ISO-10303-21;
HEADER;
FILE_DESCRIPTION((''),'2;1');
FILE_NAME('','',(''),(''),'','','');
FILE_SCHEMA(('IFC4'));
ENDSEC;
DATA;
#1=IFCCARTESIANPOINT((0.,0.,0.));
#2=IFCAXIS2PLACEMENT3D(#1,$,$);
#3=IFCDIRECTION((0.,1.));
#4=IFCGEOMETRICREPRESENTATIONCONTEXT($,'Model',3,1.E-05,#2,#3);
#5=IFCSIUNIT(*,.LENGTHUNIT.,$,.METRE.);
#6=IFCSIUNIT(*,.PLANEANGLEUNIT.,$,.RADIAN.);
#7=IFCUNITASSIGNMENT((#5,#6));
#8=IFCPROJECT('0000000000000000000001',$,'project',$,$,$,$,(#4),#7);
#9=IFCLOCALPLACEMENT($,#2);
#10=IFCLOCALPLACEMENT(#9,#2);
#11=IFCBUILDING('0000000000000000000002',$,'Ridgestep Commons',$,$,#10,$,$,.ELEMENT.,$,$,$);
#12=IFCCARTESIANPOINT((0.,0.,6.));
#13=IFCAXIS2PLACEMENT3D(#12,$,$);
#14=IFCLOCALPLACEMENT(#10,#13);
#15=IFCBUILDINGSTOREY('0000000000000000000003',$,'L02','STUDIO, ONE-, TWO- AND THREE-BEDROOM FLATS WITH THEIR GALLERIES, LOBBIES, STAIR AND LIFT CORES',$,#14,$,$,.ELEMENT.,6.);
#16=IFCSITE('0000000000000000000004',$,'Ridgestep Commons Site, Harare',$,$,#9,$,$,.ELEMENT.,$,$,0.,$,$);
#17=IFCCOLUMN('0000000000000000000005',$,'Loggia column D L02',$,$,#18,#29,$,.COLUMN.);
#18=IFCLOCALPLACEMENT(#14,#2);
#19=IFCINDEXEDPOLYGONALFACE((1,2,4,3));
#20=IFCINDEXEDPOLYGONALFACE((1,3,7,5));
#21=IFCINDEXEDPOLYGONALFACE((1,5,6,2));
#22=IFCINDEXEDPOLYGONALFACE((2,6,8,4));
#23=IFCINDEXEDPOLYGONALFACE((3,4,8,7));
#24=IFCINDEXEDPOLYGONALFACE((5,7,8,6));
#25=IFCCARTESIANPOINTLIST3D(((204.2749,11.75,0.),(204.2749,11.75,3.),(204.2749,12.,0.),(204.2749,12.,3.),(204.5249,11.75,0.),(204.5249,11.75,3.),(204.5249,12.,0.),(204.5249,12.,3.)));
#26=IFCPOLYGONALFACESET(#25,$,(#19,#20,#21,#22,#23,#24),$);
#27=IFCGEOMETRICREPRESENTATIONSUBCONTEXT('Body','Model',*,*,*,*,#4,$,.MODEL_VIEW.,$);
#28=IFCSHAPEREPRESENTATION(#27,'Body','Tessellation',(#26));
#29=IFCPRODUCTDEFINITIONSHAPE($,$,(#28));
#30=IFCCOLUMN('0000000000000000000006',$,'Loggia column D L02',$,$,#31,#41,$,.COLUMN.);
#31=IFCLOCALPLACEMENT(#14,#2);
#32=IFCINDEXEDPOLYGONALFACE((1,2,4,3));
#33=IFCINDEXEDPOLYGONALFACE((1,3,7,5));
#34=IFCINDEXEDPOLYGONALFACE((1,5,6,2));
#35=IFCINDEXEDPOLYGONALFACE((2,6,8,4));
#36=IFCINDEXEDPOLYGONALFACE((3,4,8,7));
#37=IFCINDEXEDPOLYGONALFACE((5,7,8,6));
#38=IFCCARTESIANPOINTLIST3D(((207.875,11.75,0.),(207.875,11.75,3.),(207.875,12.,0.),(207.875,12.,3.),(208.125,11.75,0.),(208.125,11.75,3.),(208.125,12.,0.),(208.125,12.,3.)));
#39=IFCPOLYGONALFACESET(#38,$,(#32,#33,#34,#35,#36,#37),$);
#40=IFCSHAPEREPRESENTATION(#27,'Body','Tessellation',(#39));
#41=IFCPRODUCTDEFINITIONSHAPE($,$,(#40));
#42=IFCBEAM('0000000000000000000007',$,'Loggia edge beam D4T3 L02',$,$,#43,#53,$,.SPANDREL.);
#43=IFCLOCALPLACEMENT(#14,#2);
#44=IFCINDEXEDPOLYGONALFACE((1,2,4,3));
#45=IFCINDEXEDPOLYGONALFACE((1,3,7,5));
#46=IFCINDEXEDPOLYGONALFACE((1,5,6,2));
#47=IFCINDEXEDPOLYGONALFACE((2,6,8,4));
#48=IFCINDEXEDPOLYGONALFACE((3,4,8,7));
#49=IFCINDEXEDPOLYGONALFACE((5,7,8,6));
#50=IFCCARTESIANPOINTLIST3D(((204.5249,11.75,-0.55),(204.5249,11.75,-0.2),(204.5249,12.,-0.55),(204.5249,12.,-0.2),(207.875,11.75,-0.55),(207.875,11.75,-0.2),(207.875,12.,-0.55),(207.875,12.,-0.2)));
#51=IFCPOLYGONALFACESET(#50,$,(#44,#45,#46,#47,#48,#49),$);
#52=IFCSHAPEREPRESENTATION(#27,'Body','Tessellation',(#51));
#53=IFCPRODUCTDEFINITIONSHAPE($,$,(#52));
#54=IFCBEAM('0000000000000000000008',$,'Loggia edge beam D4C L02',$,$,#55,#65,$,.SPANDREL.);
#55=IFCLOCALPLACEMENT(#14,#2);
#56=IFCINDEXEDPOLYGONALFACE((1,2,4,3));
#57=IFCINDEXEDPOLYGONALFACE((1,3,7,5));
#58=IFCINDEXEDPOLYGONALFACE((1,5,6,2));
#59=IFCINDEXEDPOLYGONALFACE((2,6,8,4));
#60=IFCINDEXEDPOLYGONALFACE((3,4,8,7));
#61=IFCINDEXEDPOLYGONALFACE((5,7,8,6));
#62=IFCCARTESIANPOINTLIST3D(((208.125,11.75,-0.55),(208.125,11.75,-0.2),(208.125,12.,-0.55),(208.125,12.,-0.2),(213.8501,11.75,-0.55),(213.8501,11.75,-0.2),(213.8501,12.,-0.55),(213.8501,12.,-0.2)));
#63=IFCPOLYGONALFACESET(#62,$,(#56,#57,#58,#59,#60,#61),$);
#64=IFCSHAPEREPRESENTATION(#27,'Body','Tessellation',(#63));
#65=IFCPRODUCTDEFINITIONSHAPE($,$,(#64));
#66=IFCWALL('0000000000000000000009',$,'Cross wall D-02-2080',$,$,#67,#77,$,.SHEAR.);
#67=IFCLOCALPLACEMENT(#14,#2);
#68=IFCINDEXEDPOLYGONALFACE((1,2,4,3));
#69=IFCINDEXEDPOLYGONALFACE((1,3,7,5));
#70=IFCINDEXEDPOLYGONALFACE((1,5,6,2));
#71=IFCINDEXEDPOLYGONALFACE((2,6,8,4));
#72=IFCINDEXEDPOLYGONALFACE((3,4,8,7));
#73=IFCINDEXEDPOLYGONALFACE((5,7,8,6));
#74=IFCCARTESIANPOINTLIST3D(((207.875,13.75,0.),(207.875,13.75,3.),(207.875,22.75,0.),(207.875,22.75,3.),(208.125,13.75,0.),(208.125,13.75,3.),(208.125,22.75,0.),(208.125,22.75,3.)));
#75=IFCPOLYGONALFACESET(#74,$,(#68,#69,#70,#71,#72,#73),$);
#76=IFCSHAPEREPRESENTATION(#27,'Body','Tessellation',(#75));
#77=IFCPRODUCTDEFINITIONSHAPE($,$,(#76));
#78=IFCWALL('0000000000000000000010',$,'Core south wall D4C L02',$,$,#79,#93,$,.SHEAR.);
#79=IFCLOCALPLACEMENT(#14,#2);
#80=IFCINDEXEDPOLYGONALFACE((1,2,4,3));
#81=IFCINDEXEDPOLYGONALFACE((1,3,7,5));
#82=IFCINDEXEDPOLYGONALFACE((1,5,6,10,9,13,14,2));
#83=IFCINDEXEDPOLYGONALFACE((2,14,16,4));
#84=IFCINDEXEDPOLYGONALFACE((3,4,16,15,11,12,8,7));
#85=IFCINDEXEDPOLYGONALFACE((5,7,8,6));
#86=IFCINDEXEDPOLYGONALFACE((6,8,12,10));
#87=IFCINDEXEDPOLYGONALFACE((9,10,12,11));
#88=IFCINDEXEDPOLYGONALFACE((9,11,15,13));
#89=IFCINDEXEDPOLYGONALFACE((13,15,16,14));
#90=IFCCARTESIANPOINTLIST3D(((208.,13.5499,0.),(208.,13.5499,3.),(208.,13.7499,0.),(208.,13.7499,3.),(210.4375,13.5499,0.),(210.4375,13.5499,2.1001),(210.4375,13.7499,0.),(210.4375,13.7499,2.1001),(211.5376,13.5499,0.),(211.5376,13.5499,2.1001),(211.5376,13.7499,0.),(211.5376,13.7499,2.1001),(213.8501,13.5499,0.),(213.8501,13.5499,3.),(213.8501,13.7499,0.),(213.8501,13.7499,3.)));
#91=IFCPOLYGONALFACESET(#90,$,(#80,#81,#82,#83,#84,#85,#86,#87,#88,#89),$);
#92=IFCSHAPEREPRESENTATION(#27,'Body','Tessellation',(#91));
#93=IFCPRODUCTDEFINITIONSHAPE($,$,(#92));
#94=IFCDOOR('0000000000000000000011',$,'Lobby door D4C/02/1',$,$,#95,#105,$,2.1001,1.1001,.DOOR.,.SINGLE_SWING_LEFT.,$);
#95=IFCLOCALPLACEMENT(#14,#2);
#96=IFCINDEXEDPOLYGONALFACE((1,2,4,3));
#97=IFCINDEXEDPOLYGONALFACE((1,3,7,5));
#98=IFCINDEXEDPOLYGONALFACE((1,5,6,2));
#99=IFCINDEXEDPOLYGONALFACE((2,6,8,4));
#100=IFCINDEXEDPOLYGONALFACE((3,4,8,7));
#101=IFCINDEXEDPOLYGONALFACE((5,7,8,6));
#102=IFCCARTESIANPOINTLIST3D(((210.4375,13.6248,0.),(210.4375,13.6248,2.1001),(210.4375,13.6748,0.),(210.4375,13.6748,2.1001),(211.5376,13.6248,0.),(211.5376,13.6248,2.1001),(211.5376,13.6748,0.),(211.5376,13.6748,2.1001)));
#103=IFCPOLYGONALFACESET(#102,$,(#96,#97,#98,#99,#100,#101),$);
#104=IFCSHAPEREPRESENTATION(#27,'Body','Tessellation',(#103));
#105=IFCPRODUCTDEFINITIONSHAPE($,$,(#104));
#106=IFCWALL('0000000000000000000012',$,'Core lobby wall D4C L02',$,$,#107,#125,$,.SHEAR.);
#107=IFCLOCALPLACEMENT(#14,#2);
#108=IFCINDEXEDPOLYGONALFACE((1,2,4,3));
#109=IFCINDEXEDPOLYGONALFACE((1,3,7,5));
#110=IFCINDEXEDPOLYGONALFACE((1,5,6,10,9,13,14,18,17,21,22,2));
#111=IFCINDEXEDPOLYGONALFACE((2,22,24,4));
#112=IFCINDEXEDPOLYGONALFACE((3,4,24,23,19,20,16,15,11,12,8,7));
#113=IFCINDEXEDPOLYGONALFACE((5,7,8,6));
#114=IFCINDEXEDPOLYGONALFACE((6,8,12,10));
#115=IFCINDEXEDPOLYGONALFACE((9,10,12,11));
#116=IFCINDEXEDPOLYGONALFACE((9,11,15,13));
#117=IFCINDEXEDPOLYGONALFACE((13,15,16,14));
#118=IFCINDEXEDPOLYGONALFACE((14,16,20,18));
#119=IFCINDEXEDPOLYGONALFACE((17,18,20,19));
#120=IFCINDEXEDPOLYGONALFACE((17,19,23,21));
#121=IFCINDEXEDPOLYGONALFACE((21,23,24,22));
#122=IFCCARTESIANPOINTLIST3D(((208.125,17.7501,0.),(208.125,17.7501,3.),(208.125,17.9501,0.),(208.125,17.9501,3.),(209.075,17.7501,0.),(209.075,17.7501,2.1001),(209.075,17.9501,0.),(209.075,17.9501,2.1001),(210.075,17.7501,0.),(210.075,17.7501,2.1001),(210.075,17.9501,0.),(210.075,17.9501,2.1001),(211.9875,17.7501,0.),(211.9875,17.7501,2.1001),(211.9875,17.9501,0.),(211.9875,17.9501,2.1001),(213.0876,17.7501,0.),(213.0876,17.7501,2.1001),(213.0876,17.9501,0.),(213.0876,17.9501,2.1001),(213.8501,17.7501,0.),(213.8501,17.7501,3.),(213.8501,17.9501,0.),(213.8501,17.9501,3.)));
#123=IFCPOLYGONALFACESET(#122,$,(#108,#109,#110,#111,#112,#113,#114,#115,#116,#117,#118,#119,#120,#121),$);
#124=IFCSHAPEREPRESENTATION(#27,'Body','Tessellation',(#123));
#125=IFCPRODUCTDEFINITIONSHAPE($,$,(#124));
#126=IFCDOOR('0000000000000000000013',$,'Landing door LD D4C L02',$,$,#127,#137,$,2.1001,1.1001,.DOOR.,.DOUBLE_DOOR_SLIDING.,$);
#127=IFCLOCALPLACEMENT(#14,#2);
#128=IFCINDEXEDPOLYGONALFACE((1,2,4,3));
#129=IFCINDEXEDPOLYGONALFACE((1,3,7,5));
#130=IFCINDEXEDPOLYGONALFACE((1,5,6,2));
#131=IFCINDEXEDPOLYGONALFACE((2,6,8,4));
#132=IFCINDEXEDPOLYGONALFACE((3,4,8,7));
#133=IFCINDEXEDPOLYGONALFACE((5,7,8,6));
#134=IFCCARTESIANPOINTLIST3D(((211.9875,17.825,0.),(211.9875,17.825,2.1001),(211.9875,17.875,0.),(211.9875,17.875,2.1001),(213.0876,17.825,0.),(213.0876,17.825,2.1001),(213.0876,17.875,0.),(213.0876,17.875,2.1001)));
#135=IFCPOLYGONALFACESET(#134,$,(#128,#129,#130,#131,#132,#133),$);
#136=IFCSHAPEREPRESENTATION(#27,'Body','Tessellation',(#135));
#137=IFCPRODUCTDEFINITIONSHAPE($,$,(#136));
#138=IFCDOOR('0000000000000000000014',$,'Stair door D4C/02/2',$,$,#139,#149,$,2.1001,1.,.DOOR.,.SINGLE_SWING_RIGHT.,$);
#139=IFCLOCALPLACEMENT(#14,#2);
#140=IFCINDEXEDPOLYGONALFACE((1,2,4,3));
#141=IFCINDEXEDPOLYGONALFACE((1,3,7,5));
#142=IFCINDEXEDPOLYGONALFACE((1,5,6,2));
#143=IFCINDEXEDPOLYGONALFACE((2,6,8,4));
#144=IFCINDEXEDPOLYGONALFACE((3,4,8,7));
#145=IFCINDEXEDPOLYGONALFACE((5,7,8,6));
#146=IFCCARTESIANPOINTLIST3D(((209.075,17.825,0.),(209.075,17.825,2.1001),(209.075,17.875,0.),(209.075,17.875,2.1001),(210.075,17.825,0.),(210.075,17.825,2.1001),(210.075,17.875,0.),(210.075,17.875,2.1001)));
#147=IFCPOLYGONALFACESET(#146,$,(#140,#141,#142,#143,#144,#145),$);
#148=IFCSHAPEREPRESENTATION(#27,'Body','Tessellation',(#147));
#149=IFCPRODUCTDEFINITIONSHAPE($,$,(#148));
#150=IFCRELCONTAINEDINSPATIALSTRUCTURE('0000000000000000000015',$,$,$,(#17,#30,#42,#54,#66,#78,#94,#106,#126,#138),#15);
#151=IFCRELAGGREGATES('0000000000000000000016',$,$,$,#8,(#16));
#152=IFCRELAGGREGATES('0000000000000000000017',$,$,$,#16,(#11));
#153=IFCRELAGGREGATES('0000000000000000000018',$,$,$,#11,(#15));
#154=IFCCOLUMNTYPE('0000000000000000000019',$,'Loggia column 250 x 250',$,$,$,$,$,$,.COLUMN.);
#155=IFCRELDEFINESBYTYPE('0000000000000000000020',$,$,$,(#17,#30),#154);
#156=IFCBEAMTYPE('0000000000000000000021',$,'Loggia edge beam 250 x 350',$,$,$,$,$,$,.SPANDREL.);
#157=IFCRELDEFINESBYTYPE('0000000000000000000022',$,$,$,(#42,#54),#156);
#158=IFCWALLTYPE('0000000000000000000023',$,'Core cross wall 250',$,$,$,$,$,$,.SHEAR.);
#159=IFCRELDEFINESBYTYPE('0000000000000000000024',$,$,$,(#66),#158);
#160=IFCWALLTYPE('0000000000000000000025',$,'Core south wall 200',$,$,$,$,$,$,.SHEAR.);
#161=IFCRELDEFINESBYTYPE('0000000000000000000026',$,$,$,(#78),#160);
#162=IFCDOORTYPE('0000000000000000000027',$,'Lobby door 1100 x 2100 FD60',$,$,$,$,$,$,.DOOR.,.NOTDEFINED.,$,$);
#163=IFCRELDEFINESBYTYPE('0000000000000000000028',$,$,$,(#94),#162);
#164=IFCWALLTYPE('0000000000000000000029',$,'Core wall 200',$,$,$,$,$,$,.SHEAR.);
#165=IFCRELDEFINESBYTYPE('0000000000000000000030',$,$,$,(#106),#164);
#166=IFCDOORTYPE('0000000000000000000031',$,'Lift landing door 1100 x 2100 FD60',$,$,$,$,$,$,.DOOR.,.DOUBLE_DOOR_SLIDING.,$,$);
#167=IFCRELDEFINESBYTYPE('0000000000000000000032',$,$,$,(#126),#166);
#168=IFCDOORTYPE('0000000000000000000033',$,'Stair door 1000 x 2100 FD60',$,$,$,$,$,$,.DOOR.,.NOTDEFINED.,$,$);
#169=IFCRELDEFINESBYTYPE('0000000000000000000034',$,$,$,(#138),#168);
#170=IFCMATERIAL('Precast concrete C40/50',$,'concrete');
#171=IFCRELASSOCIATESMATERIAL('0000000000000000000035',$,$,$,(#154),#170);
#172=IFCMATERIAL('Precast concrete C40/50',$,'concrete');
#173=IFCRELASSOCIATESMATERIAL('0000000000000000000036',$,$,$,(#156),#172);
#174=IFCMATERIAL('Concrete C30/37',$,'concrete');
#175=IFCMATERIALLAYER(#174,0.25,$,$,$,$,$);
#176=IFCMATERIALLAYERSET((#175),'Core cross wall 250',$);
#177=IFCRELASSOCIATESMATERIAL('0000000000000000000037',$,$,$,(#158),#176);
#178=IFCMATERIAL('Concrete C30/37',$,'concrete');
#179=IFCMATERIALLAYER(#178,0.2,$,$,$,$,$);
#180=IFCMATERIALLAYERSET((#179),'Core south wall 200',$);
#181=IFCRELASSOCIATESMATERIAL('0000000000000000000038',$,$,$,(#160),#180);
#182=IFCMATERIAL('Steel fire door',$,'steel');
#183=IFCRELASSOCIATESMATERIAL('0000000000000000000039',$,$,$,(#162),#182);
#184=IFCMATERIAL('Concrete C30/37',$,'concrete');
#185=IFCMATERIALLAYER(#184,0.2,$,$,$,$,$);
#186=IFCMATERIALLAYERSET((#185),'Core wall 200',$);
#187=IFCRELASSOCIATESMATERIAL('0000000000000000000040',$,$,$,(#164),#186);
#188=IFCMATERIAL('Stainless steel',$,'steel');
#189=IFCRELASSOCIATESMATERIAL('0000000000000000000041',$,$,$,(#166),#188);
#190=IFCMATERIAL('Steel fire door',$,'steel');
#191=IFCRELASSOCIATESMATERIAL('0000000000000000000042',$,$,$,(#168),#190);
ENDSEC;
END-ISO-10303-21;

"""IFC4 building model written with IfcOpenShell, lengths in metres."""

from ifc_helpers import new_model, si_unit, direction, frame, frame_2d, origin, origin_2d, place, context, subcontext, project, spatial, rectangle, extrude, material, layer, layer_set, material_profile, profile_set, type_object, element, fill, save


model = new_model("IFC4")

# Units and contexts
model_context = context("Model", 3, precision=1e-05, world=origin(), true_north=direction((0.0, 1.0)))
body_context = subcontext(model_context, "Body", "Model", "MODEL_VIEW")
ifc_project = project(units=[si_unit("LENGTHUNIT", "METRE"), si_unit("PLANEANGLEUNIT", "RADIAN")], contexts=[model_context])

# Site, building, storey
site_placement = place(None, origin())
site = spatial("IfcSite", under=ifc_project, at=site_placement, Name="Ridgestep Commons Site, Harare", CompositionType="ELEMENT", RefElevation=0.0)
building_placement = place(site_placement, origin())
building = spatial("IfcBuilding", under=site, at=building_placement, Name="Ridgestep Commons", CompositionType="ELEMENT")
storey_placement = place(building_placement, frame((0.0, 0.0, 6.0)))
storey = spatial("IfcBuildingStorey", under=building, at=storey_placement, Name="L02", Description="STUDIO, ONE-, TWO- AND THREE-BEDROOM FLATS WITH THEIR GALLERIES, LOBBIES, STAIR AND LIFT CORES", CompositionType="ELEMENT", Elevation=6.0)

# Columns
ifc_material_1 = material(Name="Precast concrete C40/50", Category="concrete")
ifc_material_profile_1 = material_profile(ifc_material_1, rectangle(XDim=0.25, YDim=0.25, at=origin_2d()), Name="PC 250x250")
ifc_profile_set_1 = profile_set([ifc_material_profile_1], Name="Precast concrete C40/50")
column_type = type_object("IfcColumnType", Name="Loggia column 250 x 250", PredefinedType="COLUMN", material=ifc_profile_set_1)
for number, where, z_axis, x_axis, name in (
    (1, (204.3999, 11.875, 0.0), (0.0, 0.0, 1.0), (1.0, 0.0, 0.0), "Loggia column D L02"),
    (2, (208.0, 11.875, 0.0), (0.0, 0.0, 1.0), (1.0, 0.0, 0.0), "Loggia column D L02"),
):
    element("IfcColumn", number, at=place(storey_placement, frame(where, z_axis=z_axis, x_axis=x_axis)), inside=storey, type_object=column_type, Name=name, PredefinedType="COLUMN", context=body_context, shape_type="SweptSolid", body=[
        extrude(rectangle(XDim=0.25, YDim=0.25, at=origin_2d()), origin(), (0.0, 0.0, 1.0), 3.0),
    ])

# Beams
ifc_material_2 = material(Name="Precast concrete C40/50", Category="concrete")
ifc_material_profile_2 = material_profile(ifc_material_2, rectangle(XDim=0.25, YDim=0.3501, at=origin_2d()), Name="PC 250x350")
ifc_profile_set_2 = profile_set([ifc_material_profile_2], Name="Precast concrete C40/50")
beam_type = type_object("IfcBeamType", Name="Loggia edge beam 250 x 350", PredefinedType="SPANDREL", material=ifc_profile_set_2)
beam_1_placement = place(storey_placement, frame((204.5249, 11.875, -0.375), z_axis=(1.0, 0.0, 0.0), x_axis=(0.0, 1.0, 0.0)))
element("IfcBeam", 3, at=beam_1_placement, inside=storey, type_object=beam_type, Name="Loggia edge beam D4T3 L02", PredefinedType="SPANDREL", context=body_context, shape_type="SweptSolid", body=[
    extrude(rectangle(XDim=0.25, YDim=0.3501, at=origin_2d()), origin(), (0.0, 0.0, 1.0), 3.3501),
])
beam_2_placement = place(storey_placement, frame((208.125, 11.875, -0.375), z_axis=(1.0, 0.0, 0.0), x_axis=(0.0, 1.0, 0.0)))
element("IfcBeam", 4, at=beam_2_placement, inside=storey, type_object=beam_type, Name="Loggia edge beam D4C L02", PredefinedType="SPANDREL", context=body_context, shape_type="SweptSolid", body=[
    extrude(rectangle(XDim=0.25, YDim=0.3501, at=origin_2d()), origin(), (0.0, 0.0, 1.0), 5.7251),
])

# Wall
ifc_material_3 = material(Name="Concrete C30/37", Category="concrete")
ifc_layer_1 = layer(ifc_material_3, 0.25)
ifc_layer_set_1 = layer_set([ifc_layer_1], Name="Core cross wall 250")
wall_type_1 = type_object("IfcWallType", Name="Core cross wall 250", PredefinedType="SHEAR", material=ifc_layer_set_1)
wall_1_placement = place(storey_placement, frame((208.0, 13.75, 0.0), z_axis=(0.0, 0.0, 1.0), x_axis=(0.0, 1.0, 0.0)))
element("IfcWall", 5, at=wall_1_placement, inside=storey, type_object=wall_type_1, Name="Cross wall D-02-2080", PredefinedType="SHEAR", context=body_context, shape_type="SweptSolid", body=[
    extrude(rectangle(XDim=9.0, YDim=0.25, at=frame_2d((4.5, 0.0))), origin(), (0.0, 0.0, 1.0), 3.0),
])

# Wall, opening, door
ifc_material_4 = material(Name="Concrete C30/37", Category="concrete")
ifc_layer_2 = layer(ifc_material_4, 0.2)
ifc_layer_set_2 = layer_set([ifc_layer_2], Name="Core south wall 200")
wall_type_2 = type_object("IfcWallType", Name="Core south wall 200", PredefinedType="SHEAR", material=ifc_layer_set_2)
wall_2_placement = place(storey_placement, frame((208.0, 13.6499, 0.0), z_axis=(0.0, 0.0, 1.0), x_axis=(1.0, 0.0, 0.0)))
wall_2 = element("IfcWall", 6, at=wall_2_placement, inside=storey, type_object=wall_type_2, Name="Core south wall D4C L02", PredefinedType="SHEAR", context=body_context, shape_type="SweptSolid", body=[
    extrude(rectangle(XDim=5.8501, YDim=0.2, at=frame_2d((2.925, 0.0))), origin(), (0.0, 0.0, 1.0), 3.0),
])
opening_1_placement = place(wall_2_placement, frame((2.4375, 0.0, 0.0)))
opening_1 = element("IfcOpeningElement", 7, at=opening_1_placement, cuts=wall_2, PredefinedType="OPENING", context=body_context, shape_type="SweptSolid", body=[
    extrude(rectangle(XDim=1.1001, YDim=2.1001, at=frame_2d((0.55, 1.05))), frame((0.0, 0.1099, 0.0), z_axis=(0.0, -1.0, 0.0), x_axis=(1.0, 0.0, 0.0)), (0.0, 0.0, 1.0), 0.22),
])
ifc_material_5 = material(Name="Steel fire door", Category="steel")
door_type_1 = type_object("IfcDoorType", Name="Lobby door 1100 x 2100 FD60", OperationType="NOTDEFINED", PredefinedType="DOOR", material=ifc_material_5)
door_1_placement = place(opening_1_placement, origin())
door_1 = element("IfcDoor", 8, at=door_1_placement, inside=storey, type_object=door_type_1, Name="Lobby door D4C/02/1", OperationType="SINGLE_SWING_LEFT", OverallHeight=2.1001, OverallWidth=1.1001, PredefinedType="DOOR", context=body_context, shape_type="SweptSolid", body=[
    extrude(rectangle(XDim=1.1001, YDim=2.1001, at=frame_2d((0.55, 1.05))), frame((0.0, 0.0249, 0.0), z_axis=(0.0, -1.0, 0.0), x_axis=(1.0, 0.0, 0.0)), (0.0, 0.0, 1.0), 0.05),
])
fill(opening_1, door_1)

# Wall, openings, doors
ifc_material_6 = material(Name="Concrete C30/37", Category="concrete")
ifc_layer_3 = layer(ifc_material_6, 0.2)
ifc_layer_set_3 = layer_set([ifc_layer_3], Name="Core wall 200")
wall_type_3 = type_object("IfcWallType", Name="Core wall 200", PredefinedType="SHEAR", material=ifc_layer_set_3)
wall_3_placement = place(storey_placement, frame((208.125, 17.8501, 0.0), z_axis=(0.0, 0.0, 1.0), x_axis=(1.0, 0.0, 0.0)))
wall_3 = element("IfcWall", 9, at=wall_3_placement, inside=storey, type_object=wall_type_3, Name="Core lobby wall D4C L02", PredefinedType="SHEAR", context=body_context, shape_type="SweptSolid", body=[
    extrude(rectangle(XDim=5.7251, YDim=0.2, at=frame_2d((2.8625, 0.0))), origin(), (0.0, 0.0, 1.0), 3.0),
])
opening_2_placement = place(wall_3_placement, frame((0.95, 0.0, 0.0)))
opening_2 = element("IfcOpeningElement", 10, at=opening_2_placement, cuts=wall_3, PredefinedType="OPENING", context=body_context, shape_type="SweptSolid", body=[
    extrude(rectangle(XDim=1.0, YDim=2.1001, at=frame_2d((0.5, 1.05))), frame((0.0, 0.1099, 0.0), z_axis=(0.0, -1.0, 0.0), x_axis=(1.0, 0.0, 0.0)), (0.0, 0.0, 1.0), 0.22),
])
opening_3_placement = place(wall_3_placement, frame((3.8625, 0.0, 0.0)))
opening_3 = element("IfcOpeningElement", 11, at=opening_3_placement, cuts=wall_3, PredefinedType="OPENING", context=body_context, shape_type="SweptSolid", body=[
    extrude(rectangle(XDim=1.1001, YDim=2.1001, at=frame_2d((0.55, 1.05))), frame((0.0, 0.1099, 0.0), z_axis=(0.0, -1.0, 0.0), x_axis=(1.0, 0.0, 0.0)), (0.0, 0.0, 1.0), 0.22),
])
ifc_material_7 = material(Name="Stainless steel", Category="steel")
door_type_2 = type_object("IfcDoorType", Name="Lift landing door 1100 x 2100 FD60", OperationType="DOUBLE_DOOR_SLIDING", PredefinedType="DOOR", material=ifc_material_7)
door_2_placement = place(opening_3_placement, origin())
door_2 = element("IfcDoor", 12, at=door_2_placement, inside=storey, type_object=door_type_2, Name="Landing door LD D4C L02", OperationType="DOUBLE_DOOR_SLIDING", OverallHeight=2.1001, OverallWidth=1.1001, PredefinedType="DOOR", context=body_context, shape_type="SweptSolid", body=[
    extrude(rectangle(XDim=1.1001, YDim=2.1001, at=frame_2d((0.55, 1.05))), frame((0.0, 0.0249, 0.0), z_axis=(0.0, -1.0, 0.0), x_axis=(1.0, 0.0, 0.0)), (0.0, 0.0, 1.0), 0.05),
])
fill(opening_3, door_2)
ifc_material_8 = material(Name="Steel fire door", Category="steel")
door_type_3 = type_object("IfcDoorType", Name="Stair door 1000 x 2100 FD60", OperationType="NOTDEFINED", PredefinedType="DOOR", material=ifc_material_8)
door_3_placement = place(opening_2_placement, origin())
door_3 = element("IfcDoor", 13, at=door_3_placement, inside=storey, type_object=door_type_3, Name="Stair door D4C/02/2", OperationType="SINGLE_SWING_RIGHT", OverallHeight=2.1001, OverallWidth=1.0, PredefinedType="DOOR", context=body_context, shape_type="SweptSolid", body=[
    extrude(rectangle(XDim=1.0, YDim=2.1001, at=frame_2d((0.5, 1.05))), frame((0.0, 0.0249, 0.0), z_axis=(0.0, -1.0, 0.0), x_axis=(1.0, 0.0, 0.0)), (0.0, 0.0, 1.0), 0.05),
])
fill(opening_2, door_3)

save(model, "model.ifc")
